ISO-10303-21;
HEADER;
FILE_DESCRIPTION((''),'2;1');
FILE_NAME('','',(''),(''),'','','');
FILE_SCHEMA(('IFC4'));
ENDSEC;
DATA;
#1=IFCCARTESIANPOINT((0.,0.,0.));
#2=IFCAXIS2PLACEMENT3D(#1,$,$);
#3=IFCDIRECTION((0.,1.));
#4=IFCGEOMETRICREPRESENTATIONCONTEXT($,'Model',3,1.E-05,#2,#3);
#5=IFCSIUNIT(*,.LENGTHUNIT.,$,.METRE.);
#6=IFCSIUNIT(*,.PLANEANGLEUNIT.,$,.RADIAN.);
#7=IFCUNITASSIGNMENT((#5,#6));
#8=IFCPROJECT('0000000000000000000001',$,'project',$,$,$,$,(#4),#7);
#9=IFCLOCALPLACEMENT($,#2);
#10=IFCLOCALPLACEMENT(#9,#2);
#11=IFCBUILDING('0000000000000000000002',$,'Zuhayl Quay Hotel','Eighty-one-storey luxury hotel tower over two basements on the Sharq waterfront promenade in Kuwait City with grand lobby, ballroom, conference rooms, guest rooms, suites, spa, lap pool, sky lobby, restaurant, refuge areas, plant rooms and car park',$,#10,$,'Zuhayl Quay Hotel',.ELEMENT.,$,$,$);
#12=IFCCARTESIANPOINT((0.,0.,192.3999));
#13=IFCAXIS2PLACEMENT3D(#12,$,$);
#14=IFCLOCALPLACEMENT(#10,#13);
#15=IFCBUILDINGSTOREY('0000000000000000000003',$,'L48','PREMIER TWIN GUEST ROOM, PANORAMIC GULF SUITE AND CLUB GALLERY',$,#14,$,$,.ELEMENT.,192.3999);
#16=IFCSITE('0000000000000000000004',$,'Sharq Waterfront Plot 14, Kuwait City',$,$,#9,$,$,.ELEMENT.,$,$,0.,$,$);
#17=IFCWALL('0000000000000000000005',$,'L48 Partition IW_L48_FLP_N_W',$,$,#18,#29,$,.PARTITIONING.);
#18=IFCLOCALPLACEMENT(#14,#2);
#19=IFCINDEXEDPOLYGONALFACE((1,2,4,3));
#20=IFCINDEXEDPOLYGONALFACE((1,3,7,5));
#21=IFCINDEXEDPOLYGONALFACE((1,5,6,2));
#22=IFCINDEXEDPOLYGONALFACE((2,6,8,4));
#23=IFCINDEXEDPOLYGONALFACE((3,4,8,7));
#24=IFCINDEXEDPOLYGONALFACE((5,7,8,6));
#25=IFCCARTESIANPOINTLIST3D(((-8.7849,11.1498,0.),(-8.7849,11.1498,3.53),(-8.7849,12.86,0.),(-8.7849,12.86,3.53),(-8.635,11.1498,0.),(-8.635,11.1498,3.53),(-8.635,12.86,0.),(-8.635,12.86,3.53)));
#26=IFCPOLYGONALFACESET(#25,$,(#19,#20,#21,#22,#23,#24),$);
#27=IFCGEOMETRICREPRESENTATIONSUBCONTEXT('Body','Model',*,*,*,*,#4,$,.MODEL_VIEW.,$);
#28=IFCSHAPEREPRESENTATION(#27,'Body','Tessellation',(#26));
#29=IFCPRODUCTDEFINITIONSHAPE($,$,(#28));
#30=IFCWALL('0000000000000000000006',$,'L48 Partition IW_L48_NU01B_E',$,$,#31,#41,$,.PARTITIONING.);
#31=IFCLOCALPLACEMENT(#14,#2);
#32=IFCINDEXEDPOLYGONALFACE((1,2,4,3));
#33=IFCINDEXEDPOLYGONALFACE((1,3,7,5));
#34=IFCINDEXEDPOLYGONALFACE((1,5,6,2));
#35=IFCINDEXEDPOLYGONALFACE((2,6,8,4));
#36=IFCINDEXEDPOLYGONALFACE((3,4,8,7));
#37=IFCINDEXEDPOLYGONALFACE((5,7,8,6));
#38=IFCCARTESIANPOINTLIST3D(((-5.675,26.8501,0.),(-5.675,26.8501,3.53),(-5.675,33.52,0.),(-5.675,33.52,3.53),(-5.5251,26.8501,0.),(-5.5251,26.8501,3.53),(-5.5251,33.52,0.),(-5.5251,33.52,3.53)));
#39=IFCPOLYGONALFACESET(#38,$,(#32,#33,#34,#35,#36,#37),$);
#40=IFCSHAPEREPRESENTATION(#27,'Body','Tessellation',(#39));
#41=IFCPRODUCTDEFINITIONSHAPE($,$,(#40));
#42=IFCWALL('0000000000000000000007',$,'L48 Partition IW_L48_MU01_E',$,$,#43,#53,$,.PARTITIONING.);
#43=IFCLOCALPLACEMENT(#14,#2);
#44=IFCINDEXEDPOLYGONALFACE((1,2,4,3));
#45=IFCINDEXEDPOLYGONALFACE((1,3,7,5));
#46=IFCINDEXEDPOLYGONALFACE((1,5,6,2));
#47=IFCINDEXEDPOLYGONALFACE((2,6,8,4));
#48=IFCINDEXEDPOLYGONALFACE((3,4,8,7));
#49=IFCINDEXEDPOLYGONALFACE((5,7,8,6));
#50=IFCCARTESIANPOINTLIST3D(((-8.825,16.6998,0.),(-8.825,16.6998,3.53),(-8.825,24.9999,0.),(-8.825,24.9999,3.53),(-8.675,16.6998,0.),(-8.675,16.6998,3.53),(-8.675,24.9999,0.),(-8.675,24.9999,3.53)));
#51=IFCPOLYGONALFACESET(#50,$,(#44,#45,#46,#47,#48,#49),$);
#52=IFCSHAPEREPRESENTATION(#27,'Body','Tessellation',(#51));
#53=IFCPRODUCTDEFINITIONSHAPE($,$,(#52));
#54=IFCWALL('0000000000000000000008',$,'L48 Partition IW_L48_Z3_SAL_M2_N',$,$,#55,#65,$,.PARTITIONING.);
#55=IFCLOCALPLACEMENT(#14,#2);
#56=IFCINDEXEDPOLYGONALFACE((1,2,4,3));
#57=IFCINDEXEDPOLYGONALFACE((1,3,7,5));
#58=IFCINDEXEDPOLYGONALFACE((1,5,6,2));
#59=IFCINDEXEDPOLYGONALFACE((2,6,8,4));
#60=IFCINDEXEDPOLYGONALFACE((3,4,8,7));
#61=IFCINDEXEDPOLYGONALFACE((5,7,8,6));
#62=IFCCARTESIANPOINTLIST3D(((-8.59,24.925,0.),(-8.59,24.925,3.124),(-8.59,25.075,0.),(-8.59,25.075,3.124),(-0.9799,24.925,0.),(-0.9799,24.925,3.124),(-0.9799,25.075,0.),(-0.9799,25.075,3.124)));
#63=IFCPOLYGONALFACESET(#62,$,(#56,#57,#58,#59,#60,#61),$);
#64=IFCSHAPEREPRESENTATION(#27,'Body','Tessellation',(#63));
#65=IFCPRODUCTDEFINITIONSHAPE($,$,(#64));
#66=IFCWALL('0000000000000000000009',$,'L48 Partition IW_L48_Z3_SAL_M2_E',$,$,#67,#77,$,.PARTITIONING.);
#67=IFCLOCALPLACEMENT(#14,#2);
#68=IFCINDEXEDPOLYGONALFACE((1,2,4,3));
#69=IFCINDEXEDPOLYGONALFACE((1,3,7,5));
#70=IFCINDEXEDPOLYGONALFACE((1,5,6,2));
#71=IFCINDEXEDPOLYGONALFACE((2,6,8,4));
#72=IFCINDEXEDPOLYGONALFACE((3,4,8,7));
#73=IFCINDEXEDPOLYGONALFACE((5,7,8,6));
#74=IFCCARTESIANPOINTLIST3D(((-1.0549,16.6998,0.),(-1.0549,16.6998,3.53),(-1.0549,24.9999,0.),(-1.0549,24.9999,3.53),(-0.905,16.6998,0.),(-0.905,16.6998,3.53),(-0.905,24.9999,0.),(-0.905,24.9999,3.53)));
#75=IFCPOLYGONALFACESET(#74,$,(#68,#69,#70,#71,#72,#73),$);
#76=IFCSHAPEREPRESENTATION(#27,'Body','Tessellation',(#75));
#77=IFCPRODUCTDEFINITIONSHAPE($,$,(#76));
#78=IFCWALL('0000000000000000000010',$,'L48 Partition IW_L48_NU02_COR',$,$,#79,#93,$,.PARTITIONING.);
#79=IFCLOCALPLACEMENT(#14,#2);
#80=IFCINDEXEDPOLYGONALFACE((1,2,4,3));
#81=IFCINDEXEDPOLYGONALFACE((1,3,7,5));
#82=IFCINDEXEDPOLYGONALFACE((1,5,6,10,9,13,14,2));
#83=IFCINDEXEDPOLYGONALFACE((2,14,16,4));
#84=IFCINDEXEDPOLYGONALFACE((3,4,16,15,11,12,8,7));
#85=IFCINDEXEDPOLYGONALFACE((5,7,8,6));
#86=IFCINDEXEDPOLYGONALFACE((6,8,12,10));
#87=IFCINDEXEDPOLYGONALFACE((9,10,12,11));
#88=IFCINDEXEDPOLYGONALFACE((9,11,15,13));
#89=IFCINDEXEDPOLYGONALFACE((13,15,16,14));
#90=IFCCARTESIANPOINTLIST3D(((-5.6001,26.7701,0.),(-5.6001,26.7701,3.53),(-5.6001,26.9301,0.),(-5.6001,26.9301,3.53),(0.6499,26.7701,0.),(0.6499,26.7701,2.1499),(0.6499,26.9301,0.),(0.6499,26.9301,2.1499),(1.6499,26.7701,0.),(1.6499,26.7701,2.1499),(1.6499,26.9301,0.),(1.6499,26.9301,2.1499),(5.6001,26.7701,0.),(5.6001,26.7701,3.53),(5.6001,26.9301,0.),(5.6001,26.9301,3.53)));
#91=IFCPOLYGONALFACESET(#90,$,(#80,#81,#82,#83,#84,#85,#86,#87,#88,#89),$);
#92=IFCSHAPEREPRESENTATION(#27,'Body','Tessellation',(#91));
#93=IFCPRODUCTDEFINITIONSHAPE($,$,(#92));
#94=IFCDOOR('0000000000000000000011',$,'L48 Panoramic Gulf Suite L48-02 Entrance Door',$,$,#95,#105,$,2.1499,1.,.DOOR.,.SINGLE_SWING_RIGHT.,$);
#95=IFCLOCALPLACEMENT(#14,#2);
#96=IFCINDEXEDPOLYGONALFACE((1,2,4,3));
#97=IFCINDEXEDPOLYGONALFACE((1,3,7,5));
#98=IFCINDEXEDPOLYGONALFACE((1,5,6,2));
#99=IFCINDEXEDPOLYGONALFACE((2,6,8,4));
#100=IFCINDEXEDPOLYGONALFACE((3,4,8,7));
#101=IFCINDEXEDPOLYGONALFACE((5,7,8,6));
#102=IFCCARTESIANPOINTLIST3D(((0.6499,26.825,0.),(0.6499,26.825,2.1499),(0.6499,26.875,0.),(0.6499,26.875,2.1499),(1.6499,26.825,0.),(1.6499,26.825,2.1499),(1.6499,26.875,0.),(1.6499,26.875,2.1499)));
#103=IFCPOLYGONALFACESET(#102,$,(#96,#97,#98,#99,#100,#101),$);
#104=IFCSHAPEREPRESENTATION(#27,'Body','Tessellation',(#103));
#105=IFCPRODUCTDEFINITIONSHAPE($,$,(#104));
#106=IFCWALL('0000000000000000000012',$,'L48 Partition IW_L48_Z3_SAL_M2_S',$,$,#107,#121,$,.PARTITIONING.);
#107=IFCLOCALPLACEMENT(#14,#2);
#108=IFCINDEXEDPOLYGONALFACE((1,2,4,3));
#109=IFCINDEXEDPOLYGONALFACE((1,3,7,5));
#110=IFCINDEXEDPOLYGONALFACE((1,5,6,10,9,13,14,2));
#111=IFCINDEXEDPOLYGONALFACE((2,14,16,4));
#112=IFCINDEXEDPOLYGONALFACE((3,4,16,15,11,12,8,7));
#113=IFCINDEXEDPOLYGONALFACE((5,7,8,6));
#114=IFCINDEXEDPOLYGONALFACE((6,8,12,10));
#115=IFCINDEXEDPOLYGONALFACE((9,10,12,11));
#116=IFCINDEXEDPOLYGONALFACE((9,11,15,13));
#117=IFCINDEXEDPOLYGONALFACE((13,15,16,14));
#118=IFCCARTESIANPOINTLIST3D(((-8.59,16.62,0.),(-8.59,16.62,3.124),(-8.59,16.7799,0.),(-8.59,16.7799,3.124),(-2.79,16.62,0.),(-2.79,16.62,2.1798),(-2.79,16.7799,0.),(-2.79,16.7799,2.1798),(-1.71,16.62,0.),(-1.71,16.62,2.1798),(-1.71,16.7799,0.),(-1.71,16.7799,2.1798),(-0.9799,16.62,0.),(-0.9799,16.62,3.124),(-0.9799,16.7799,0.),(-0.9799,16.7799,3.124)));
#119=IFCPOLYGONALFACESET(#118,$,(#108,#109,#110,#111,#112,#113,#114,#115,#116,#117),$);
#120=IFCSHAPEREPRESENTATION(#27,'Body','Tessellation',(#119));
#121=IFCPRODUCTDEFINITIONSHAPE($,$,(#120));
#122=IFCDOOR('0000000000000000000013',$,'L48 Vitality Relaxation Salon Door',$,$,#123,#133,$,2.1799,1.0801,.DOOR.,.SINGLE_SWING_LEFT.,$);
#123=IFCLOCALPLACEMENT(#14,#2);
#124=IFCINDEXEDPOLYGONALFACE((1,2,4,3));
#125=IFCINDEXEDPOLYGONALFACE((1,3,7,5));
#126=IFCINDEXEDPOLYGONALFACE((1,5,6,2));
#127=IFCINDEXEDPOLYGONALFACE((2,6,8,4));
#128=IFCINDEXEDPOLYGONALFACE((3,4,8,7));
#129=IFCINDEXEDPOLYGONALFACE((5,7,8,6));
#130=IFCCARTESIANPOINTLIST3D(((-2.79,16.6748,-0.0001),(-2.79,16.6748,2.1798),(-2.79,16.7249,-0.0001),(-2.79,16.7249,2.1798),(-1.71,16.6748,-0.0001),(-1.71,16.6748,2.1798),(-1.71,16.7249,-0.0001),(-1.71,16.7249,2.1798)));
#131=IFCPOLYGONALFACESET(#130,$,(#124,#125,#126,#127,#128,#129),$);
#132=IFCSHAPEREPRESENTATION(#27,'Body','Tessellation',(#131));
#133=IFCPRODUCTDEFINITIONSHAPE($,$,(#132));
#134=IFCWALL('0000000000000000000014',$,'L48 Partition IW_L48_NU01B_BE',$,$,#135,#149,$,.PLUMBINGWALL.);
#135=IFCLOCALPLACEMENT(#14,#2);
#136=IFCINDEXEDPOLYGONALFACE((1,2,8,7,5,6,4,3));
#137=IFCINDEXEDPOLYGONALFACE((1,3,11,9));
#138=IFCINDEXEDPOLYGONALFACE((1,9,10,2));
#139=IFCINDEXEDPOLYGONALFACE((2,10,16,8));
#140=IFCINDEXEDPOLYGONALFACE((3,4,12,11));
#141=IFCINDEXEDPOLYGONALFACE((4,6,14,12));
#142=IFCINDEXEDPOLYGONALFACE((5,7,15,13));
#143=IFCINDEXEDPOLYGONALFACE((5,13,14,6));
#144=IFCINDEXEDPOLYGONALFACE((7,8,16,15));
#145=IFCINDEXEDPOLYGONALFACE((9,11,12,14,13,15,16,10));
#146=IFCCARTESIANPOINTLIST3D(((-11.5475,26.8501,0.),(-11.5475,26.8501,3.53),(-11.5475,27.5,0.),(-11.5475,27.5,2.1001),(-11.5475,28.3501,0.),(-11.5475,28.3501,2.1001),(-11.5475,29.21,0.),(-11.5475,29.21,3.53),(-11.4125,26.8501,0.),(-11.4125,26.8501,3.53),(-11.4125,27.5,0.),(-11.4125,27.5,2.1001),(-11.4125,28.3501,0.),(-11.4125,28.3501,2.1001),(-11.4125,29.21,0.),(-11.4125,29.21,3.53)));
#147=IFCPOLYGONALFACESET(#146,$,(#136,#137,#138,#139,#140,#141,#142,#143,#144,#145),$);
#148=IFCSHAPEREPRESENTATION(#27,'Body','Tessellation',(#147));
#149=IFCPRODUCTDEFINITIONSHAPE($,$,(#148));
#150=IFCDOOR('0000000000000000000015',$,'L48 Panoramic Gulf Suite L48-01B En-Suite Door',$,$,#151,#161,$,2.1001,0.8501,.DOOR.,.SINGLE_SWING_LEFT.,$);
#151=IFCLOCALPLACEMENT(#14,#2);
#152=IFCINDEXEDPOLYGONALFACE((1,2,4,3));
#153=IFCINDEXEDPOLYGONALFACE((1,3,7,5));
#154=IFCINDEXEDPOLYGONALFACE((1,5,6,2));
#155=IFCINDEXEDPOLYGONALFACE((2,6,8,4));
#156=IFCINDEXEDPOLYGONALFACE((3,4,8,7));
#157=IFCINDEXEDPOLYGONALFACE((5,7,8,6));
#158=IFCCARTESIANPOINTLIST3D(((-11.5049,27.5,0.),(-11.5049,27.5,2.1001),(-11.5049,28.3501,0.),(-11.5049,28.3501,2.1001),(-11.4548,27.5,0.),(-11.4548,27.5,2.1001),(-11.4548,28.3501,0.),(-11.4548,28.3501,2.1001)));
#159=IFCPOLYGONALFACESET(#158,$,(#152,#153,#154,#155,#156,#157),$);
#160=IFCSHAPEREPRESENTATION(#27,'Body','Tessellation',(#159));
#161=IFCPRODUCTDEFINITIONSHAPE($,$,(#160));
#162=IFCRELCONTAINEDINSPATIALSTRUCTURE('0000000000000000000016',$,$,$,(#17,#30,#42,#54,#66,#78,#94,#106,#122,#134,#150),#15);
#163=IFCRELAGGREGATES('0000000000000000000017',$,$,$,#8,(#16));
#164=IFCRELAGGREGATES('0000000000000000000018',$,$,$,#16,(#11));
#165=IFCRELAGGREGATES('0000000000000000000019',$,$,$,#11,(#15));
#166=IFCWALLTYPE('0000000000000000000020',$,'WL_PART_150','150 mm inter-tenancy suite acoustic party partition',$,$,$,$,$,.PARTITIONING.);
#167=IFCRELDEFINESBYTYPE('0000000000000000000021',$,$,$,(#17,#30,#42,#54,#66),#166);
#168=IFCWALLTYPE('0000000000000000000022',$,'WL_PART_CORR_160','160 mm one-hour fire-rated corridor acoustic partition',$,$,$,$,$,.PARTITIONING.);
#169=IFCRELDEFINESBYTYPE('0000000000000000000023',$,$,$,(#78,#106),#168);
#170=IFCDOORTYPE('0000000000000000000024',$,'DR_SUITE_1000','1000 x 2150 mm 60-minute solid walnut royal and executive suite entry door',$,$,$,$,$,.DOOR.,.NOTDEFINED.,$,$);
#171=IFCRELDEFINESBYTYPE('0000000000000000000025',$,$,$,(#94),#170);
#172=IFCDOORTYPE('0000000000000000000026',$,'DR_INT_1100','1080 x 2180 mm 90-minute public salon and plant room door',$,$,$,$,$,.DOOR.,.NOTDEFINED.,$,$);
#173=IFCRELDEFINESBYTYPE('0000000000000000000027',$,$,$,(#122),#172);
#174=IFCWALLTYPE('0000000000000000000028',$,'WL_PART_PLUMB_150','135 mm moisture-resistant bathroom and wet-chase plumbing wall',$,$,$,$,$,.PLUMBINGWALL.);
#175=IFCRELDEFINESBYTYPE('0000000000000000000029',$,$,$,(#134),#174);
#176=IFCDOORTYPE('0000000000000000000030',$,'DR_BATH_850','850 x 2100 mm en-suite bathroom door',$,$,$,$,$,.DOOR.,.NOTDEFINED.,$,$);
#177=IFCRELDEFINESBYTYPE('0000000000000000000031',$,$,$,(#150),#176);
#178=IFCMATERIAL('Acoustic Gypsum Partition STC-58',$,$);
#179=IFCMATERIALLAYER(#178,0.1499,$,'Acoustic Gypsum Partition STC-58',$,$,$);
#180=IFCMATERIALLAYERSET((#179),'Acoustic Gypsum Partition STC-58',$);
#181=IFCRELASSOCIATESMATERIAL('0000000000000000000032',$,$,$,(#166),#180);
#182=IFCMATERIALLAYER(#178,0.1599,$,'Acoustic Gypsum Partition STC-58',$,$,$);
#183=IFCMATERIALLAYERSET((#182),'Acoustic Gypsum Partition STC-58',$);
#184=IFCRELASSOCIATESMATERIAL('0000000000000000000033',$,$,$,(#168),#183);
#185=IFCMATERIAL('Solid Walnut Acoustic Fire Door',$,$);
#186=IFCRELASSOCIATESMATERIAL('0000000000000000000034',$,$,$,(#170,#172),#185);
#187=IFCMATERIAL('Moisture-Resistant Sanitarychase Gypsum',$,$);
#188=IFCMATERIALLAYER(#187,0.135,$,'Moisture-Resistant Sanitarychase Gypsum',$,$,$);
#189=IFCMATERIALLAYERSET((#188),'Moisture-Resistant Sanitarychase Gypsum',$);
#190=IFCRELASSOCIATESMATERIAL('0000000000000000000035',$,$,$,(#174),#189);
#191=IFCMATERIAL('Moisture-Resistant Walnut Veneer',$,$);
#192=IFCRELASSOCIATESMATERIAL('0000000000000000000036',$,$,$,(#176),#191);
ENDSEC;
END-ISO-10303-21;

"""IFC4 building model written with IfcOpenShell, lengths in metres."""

from ifc_helpers import new_model, si_unit, direction, frame, frame_2d, origin, place, context, subcontext, project, spatial, rectangle, extrude, material, layer, layer_set, type_object, element, fill, save


model = new_model("IFC4")

# Units and contexts
model_context = context("Model", 3, precision=1e-05, world=origin(), true_north=direction((0.0, 1.0)))
body_context = subcontext(model_context, "Body", "Model", "MODEL_VIEW")
ifc_project = project(units=[si_unit("LENGTHUNIT", "METRE"), si_unit("PLANEANGLEUNIT", "RADIAN")], contexts=[model_context])

# Site, building, storey
site_placement = place(None, origin())
site = spatial("IfcSite", under=ifc_project, at=site_placement, Name="Sharq Waterfront Plot 14, Kuwait City", CompositionType="ELEMENT", RefElevation=0.0)
building_placement = place(site_placement, origin())
building = spatial("IfcBuilding", under=site, at=building_placement, Name="Zuhayl Quay Hotel", Description="Eighty-one-storey luxury hotel tower over two basements on the Sharq waterfront promenade in Kuwait City with grand lobby, ballroom, conference rooms, guest rooms, suites, spa, lap pool, sky lobby, restaurant, refuge areas, plant rooms and car park", LongName="Zuhayl Quay Hotel", CompositionType="ELEMENT")
storey_placement = place(building_placement, frame((0.0, 0.0, 192.3999)))
storey = spatial("IfcBuildingStorey", under=building, at=storey_placement, Name="L48", Description="PREMIER TWIN GUEST ROOM, PANORAMIC GULF SUITE AND CLUB GALLERY", CompositionType="ELEMENT", Elevation=192.3999)

# Shared definitions
ifc_material_1 = material(Name="Acoustic Gypsum Partition STC-58")
ifc_layer_1 = layer(ifc_material_1, 0.1499, Name="Acoustic Gypsum Partition STC-58")
ifc_layer_set_1 = layer_set([ifc_layer_1], Name="Acoustic Gypsum Partition STC-58")
wall_type_1 = type_object("IfcWallType", Name="WL_PART_150", Description="150 mm inter-tenancy suite acoustic party partition", PredefinedType="PARTITIONING", material=ifc_layer_set_1)

# Walls
wall_1_placement = place(storey_placement, frame((-8.71, 11.1499, 0.0), z_axis=(0.0, 0.0, 1.0), x_axis=(0.0, 1.0, 0.0)))
element("IfcWall", 1, at=wall_1_placement, inside=storey, type_object=wall_type_1, Name="L48 Partition IW_L48_FLP_N_W", PredefinedType="PARTITIONING", context=body_context, shape_type="SweptSolid", body=[
    extrude(rectangle(XDim=1.7102, YDim=0.1499, at=frame_2d((0.855, 0.0))), origin(), (0.0, 0.0, 1.0), 3.53),
])
wall_2_placement = place(storey_placement, frame((-5.6001, 26.8501, 0.0), z_axis=(0.0, 0.0, 1.0), x_axis=(0.0, 1.0, 0.0)))
element("IfcWall", 2, at=wall_2_placement, inside=storey, type_object=wall_type_1, Name="L48 Partition IW_L48_NU01B_E", PredefinedType="PARTITIONING", context=body_context, shape_type="SweptSolid", body=[
    extrude(rectangle(XDim=6.6699, YDim=0.1499, at=frame_2d((3.335, 0.0))), origin(), (0.0, 0.0, 1.0), 3.53),
])
wall_3_placement = place(storey_placement, frame((-8.75, 16.7, 0.0), z_axis=(0.0, 0.0, 1.0), x_axis=(0.0, 1.0, 0.0)))
element("IfcWall", 3, at=wall_3_placement, inside=storey, type_object=wall_type_1, Name="L48 Partition IW_L48_MU01_E", PredefinedType="PARTITIONING", context=body_context, shape_type="SweptSolid", body=[
    extrude(rectangle(XDim=8.3, YDim=0.1499, at=frame_2d((4.1499, 0.0))), origin(), (0.0, 0.0, 1.0), 3.53),
])
wall_4_placement = place(storey_placement, frame((-8.5901, 25.0, 0.0), z_axis=(0.0, 0.0, 1.0), x_axis=(1.0, 0.0, 0.0)))
element("IfcWall", 4, at=wall_4_placement, inside=storey, type_object=wall_type_1, Name="L48 Partition IW_L48_Z3_SAL_M2_N", PredefinedType="PARTITIONING", context=body_context, shape_type="SweptSolid", body=[
    extrude(rectangle(XDim=7.6101, YDim=0.1499, at=frame_2d((3.8052, 0.0))), origin(), (0.0, 0.0, 1.0), 3.124),
])
wall_5_placement = place(storey_placement, frame((-0.98, 16.7, 0.0), z_axis=(0.0, 0.0, 1.0), x_axis=(0.0, 1.0, 0.0)))
element("IfcWall", 5, at=wall_5_placement, inside=storey, type_object=wall_type_1, Name="L48 Partition IW_L48_Z3_SAL_M2_E", PredefinedType="PARTITIONING", context=body_context, shape_type="SweptSolid", body=[
    extrude(rectangle(XDim=8.3, YDim=0.1499, at=frame_2d((4.1499, 0.0))), origin(), (0.0, 0.0, 1.0), 3.53),
])

# Walls, openings, doors
ifc_layer_2 = layer(ifc_material_1, 0.1599, Name="Acoustic Gypsum Partition STC-58")
ifc_layer_set_2 = layer_set([ifc_layer_2], Name="Acoustic Gypsum Partition STC-58")
wall_type_2 = type_object("IfcWallType", Name="WL_PART_CORR_160", Description="160 mm one-hour fire-rated corridor acoustic partition", PredefinedType="PARTITIONING", material=ifc_layer_set_2)
wall_6_placement = place(storey_placement, frame((-5.6001, 26.8501, 0.0), z_axis=(0.0, 0.0, 1.0), x_axis=(1.0, 0.0, 0.0)))
wall_6 = element("IfcWall", 6, at=wall_6_placement, inside=storey, type_object=wall_type_2, Name="L48 Partition IW_L48_NU02_COR", PredefinedType="PARTITIONING", context=body_context, shape_type="SweptSolid", body=[
    extrude(rectangle(XDim=11.2002, YDim=0.1599, at=frame_2d((5.6001, 0.0))), origin(), (0.0, 0.0, 1.0), 3.53),
])
opening_1_placement = place(wall_6_placement, frame((6.25, 0.0, 0.0)))
opening_1 = element("IfcOpeningElement", 7, at=opening_1_placement, cuts=wall_6, PredefinedType="OPENING", context=body_context, shape_type="SweptSolid", body=[
    extrude(rectangle(XDim=1.0, YDim=2.1499, at=frame_2d((0.5, 1.075))), frame((0.0, 0.0898, 0.0), z_axis=(0.0, -1.0, 0.0), x_axis=(1.0, 0.0, 0.0)), (0.0, 0.0, 1.0), 0.1799),
])
ifc_material_2 = material(Name="Solid Walnut Acoustic Fire Door")
door_type_1 = type_object("IfcDoorType", Name="DR_SUITE_1000", Description="1000 x 2150 mm 60-minute solid walnut royal and executive suite entry door", OperationType="NOTDEFINED", PredefinedType="DOOR", material=ifc_material_2)
door_1_placement = place(opening_1_placement, origin())
door_1 = element("IfcDoor", 8, at=door_1_placement, inside=storey, type_object=door_type_1, Name="L48 Panoramic Gulf Suite L48-02 Entrance Door", OperationType="SINGLE_SWING_RIGHT", OverallHeight=2.1499, OverallWidth=1.0, PredefinedType="DOOR", context=body_context, shape_type="SweptSolid", body=[
    extrude(rectangle(XDim=1.0, YDim=2.1499, at=frame_2d((0.5, 1.075))), frame((0.0, 0.0249, 0.0), z_axis=(0.0, -1.0, 0.0), x_axis=(1.0, 0.0, 0.0)), (0.0, 0.0, 1.0), 0.05),
])
fill(opening_1, door_1)
wall_7_placement = place(storey_placement, frame((-8.5901, 16.7, 0.0), z_axis=(0.0, 0.0, 1.0), x_axis=(1.0, 0.0, 0.0)))
wall_7 = element("IfcWall", 9, at=wall_7_placement, inside=storey, type_object=wall_type_2, Name="L48 Partition IW_L48_Z3_SAL_M2_S", PredefinedType="PARTITIONING", context=body_context, shape_type="SweptSolid", body=[
    extrude(rectangle(XDim=7.6101, YDim=0.1599, at=frame_2d((3.8052, 0.0))), origin(), (0.0, 0.0, 1.0), 3.124),
])
opening_2_placement = place(wall_7_placement, frame((5.8, 0.0, 0.0)))
opening_2 = element("IfcOpeningElement", 10, at=opening_2_placement, cuts=wall_7, PredefinedType="OPENING", context=body_context, shape_type="SweptSolid", body=[
    extrude(rectangle(XDim=1.0801, YDim=2.1799, at=frame_2d((0.54, 1.0898))), frame((0.0, 0.0898, 0.0), z_axis=(0.0, -1.0, 0.0), x_axis=(1.0, 0.0, 0.0)), (0.0, 0.0, 1.0), 0.1799),
])
door_type_2 = type_object("IfcDoorType", Name="DR_INT_1100", Description="1080 x 2180 mm 90-minute public salon and plant room door", OperationType="NOTDEFINED", PredefinedType="DOOR", material=ifc_material_2)
door_2_placement = place(opening_2_placement, origin())
door_2 = element("IfcDoor", 11, at=door_2_placement, inside=storey, type_object=door_type_2, Name="L48 Vitality Relaxation Salon Door", OperationType="SINGLE_SWING_LEFT", OverallHeight=2.1799, OverallWidth=1.0801, PredefinedType="DOOR", context=body_context, shape_type="SweptSolid", body=[
    extrude(rectangle(XDim=1.0801, YDim=2.1799, at=frame_2d((0.54, 1.0898))), frame((0.0, 0.0249, 0.0), z_axis=(0.0, -1.0, 0.0), x_axis=(1.0, 0.0, 0.0)), (0.0, 0.0, 1.0), 0.05),
])
fill(opening_2, door_2)
ifc_material_3 = material(Name="Moisture-Resistant Sanitarychase Gypsum")
ifc_layer_3 = layer(ifc_material_3, 0.135, Name="Moisture-Resistant Sanitarychase Gypsum")
ifc_layer_set_3 = layer_set([ifc_layer_3], Name="Moisture-Resistant Sanitarychase Gypsum")
wall_type_3 = type_object("IfcWallType", Name="WL_PART_PLUMB_150", Description="135 mm moisture-resistant bathroom and wet-chase plumbing wall", PredefinedType="PLUMBINGWALL", material=ifc_layer_set_3)
wall_8_placement = place(storey_placement, frame((-11.48, 26.8501, 0.0), z_axis=(0.0, 0.0, 1.0), x_axis=(0.0, 1.0, 0.0)))
wall_8 = element("IfcWall", 12, at=wall_8_placement, inside=storey, type_object=wall_type_3, Name="L48 Partition IW_L48_NU01B_BE", PredefinedType="PLUMBINGWALL", context=body_context, shape_type="SweptSolid", body=[
    extrude(rectangle(XDim=2.3599, YDim=0.135, at=frame_2d((1.1799, 0.0))), origin(), (0.0, 0.0, 1.0), 3.53),
])
opening_3_placement = place(wall_8_placement, frame((0.6499, 0.0, 0.0)))
opening_3 = element("IfcOpeningElement", 13, at=opening_3_placement, cuts=wall_8, PredefinedType="OPENING", context=body_context, shape_type="SweptSolid", body=[
    extrude(rectangle(XDim=0.8501, YDim=2.1001, at=frame_2d((0.425, 1.05))), frame((0.0, 0.0774, 0.0), z_axis=(0.0, -1.0, 0.0), x_axis=(1.0, 0.0, 0.0)), (0.0, 0.0, 1.0), 0.155),
])
ifc_material_4 = material(Name="Moisture-Resistant Walnut Veneer")
door_type_3 = type_object("IfcDoorType", Name="DR_BATH_850", Description="850 x 2100 mm en-suite bathroom door", OperationType="NOTDEFINED", PredefinedType="DOOR", material=ifc_material_4)
door_3_placement = place(opening_3_placement, origin())
door_3 = element("IfcDoor", 14, at=door_3_placement, inside=storey, type_object=door_type_3, Name="L48 Panoramic Gulf Suite L48-01B En-Suite Door", OperationType="SINGLE_SWING_LEFT", OverallHeight=2.1001, OverallWidth=0.8501, PredefinedType="DOOR", context=body_context, shape_type="SweptSolid", body=[
    extrude(rectangle(XDim=0.8501, YDim=2.1001, at=frame_2d((0.425, 1.05))), frame((0.0, 0.0249, 0.0), z_axis=(0.0, -1.0, 0.0), x_axis=(1.0, 0.0, 0.0)), (0.0, 0.0, 1.0), 0.05),
])
fill(opening_3, door_3)

save(model, "model.ifc")
